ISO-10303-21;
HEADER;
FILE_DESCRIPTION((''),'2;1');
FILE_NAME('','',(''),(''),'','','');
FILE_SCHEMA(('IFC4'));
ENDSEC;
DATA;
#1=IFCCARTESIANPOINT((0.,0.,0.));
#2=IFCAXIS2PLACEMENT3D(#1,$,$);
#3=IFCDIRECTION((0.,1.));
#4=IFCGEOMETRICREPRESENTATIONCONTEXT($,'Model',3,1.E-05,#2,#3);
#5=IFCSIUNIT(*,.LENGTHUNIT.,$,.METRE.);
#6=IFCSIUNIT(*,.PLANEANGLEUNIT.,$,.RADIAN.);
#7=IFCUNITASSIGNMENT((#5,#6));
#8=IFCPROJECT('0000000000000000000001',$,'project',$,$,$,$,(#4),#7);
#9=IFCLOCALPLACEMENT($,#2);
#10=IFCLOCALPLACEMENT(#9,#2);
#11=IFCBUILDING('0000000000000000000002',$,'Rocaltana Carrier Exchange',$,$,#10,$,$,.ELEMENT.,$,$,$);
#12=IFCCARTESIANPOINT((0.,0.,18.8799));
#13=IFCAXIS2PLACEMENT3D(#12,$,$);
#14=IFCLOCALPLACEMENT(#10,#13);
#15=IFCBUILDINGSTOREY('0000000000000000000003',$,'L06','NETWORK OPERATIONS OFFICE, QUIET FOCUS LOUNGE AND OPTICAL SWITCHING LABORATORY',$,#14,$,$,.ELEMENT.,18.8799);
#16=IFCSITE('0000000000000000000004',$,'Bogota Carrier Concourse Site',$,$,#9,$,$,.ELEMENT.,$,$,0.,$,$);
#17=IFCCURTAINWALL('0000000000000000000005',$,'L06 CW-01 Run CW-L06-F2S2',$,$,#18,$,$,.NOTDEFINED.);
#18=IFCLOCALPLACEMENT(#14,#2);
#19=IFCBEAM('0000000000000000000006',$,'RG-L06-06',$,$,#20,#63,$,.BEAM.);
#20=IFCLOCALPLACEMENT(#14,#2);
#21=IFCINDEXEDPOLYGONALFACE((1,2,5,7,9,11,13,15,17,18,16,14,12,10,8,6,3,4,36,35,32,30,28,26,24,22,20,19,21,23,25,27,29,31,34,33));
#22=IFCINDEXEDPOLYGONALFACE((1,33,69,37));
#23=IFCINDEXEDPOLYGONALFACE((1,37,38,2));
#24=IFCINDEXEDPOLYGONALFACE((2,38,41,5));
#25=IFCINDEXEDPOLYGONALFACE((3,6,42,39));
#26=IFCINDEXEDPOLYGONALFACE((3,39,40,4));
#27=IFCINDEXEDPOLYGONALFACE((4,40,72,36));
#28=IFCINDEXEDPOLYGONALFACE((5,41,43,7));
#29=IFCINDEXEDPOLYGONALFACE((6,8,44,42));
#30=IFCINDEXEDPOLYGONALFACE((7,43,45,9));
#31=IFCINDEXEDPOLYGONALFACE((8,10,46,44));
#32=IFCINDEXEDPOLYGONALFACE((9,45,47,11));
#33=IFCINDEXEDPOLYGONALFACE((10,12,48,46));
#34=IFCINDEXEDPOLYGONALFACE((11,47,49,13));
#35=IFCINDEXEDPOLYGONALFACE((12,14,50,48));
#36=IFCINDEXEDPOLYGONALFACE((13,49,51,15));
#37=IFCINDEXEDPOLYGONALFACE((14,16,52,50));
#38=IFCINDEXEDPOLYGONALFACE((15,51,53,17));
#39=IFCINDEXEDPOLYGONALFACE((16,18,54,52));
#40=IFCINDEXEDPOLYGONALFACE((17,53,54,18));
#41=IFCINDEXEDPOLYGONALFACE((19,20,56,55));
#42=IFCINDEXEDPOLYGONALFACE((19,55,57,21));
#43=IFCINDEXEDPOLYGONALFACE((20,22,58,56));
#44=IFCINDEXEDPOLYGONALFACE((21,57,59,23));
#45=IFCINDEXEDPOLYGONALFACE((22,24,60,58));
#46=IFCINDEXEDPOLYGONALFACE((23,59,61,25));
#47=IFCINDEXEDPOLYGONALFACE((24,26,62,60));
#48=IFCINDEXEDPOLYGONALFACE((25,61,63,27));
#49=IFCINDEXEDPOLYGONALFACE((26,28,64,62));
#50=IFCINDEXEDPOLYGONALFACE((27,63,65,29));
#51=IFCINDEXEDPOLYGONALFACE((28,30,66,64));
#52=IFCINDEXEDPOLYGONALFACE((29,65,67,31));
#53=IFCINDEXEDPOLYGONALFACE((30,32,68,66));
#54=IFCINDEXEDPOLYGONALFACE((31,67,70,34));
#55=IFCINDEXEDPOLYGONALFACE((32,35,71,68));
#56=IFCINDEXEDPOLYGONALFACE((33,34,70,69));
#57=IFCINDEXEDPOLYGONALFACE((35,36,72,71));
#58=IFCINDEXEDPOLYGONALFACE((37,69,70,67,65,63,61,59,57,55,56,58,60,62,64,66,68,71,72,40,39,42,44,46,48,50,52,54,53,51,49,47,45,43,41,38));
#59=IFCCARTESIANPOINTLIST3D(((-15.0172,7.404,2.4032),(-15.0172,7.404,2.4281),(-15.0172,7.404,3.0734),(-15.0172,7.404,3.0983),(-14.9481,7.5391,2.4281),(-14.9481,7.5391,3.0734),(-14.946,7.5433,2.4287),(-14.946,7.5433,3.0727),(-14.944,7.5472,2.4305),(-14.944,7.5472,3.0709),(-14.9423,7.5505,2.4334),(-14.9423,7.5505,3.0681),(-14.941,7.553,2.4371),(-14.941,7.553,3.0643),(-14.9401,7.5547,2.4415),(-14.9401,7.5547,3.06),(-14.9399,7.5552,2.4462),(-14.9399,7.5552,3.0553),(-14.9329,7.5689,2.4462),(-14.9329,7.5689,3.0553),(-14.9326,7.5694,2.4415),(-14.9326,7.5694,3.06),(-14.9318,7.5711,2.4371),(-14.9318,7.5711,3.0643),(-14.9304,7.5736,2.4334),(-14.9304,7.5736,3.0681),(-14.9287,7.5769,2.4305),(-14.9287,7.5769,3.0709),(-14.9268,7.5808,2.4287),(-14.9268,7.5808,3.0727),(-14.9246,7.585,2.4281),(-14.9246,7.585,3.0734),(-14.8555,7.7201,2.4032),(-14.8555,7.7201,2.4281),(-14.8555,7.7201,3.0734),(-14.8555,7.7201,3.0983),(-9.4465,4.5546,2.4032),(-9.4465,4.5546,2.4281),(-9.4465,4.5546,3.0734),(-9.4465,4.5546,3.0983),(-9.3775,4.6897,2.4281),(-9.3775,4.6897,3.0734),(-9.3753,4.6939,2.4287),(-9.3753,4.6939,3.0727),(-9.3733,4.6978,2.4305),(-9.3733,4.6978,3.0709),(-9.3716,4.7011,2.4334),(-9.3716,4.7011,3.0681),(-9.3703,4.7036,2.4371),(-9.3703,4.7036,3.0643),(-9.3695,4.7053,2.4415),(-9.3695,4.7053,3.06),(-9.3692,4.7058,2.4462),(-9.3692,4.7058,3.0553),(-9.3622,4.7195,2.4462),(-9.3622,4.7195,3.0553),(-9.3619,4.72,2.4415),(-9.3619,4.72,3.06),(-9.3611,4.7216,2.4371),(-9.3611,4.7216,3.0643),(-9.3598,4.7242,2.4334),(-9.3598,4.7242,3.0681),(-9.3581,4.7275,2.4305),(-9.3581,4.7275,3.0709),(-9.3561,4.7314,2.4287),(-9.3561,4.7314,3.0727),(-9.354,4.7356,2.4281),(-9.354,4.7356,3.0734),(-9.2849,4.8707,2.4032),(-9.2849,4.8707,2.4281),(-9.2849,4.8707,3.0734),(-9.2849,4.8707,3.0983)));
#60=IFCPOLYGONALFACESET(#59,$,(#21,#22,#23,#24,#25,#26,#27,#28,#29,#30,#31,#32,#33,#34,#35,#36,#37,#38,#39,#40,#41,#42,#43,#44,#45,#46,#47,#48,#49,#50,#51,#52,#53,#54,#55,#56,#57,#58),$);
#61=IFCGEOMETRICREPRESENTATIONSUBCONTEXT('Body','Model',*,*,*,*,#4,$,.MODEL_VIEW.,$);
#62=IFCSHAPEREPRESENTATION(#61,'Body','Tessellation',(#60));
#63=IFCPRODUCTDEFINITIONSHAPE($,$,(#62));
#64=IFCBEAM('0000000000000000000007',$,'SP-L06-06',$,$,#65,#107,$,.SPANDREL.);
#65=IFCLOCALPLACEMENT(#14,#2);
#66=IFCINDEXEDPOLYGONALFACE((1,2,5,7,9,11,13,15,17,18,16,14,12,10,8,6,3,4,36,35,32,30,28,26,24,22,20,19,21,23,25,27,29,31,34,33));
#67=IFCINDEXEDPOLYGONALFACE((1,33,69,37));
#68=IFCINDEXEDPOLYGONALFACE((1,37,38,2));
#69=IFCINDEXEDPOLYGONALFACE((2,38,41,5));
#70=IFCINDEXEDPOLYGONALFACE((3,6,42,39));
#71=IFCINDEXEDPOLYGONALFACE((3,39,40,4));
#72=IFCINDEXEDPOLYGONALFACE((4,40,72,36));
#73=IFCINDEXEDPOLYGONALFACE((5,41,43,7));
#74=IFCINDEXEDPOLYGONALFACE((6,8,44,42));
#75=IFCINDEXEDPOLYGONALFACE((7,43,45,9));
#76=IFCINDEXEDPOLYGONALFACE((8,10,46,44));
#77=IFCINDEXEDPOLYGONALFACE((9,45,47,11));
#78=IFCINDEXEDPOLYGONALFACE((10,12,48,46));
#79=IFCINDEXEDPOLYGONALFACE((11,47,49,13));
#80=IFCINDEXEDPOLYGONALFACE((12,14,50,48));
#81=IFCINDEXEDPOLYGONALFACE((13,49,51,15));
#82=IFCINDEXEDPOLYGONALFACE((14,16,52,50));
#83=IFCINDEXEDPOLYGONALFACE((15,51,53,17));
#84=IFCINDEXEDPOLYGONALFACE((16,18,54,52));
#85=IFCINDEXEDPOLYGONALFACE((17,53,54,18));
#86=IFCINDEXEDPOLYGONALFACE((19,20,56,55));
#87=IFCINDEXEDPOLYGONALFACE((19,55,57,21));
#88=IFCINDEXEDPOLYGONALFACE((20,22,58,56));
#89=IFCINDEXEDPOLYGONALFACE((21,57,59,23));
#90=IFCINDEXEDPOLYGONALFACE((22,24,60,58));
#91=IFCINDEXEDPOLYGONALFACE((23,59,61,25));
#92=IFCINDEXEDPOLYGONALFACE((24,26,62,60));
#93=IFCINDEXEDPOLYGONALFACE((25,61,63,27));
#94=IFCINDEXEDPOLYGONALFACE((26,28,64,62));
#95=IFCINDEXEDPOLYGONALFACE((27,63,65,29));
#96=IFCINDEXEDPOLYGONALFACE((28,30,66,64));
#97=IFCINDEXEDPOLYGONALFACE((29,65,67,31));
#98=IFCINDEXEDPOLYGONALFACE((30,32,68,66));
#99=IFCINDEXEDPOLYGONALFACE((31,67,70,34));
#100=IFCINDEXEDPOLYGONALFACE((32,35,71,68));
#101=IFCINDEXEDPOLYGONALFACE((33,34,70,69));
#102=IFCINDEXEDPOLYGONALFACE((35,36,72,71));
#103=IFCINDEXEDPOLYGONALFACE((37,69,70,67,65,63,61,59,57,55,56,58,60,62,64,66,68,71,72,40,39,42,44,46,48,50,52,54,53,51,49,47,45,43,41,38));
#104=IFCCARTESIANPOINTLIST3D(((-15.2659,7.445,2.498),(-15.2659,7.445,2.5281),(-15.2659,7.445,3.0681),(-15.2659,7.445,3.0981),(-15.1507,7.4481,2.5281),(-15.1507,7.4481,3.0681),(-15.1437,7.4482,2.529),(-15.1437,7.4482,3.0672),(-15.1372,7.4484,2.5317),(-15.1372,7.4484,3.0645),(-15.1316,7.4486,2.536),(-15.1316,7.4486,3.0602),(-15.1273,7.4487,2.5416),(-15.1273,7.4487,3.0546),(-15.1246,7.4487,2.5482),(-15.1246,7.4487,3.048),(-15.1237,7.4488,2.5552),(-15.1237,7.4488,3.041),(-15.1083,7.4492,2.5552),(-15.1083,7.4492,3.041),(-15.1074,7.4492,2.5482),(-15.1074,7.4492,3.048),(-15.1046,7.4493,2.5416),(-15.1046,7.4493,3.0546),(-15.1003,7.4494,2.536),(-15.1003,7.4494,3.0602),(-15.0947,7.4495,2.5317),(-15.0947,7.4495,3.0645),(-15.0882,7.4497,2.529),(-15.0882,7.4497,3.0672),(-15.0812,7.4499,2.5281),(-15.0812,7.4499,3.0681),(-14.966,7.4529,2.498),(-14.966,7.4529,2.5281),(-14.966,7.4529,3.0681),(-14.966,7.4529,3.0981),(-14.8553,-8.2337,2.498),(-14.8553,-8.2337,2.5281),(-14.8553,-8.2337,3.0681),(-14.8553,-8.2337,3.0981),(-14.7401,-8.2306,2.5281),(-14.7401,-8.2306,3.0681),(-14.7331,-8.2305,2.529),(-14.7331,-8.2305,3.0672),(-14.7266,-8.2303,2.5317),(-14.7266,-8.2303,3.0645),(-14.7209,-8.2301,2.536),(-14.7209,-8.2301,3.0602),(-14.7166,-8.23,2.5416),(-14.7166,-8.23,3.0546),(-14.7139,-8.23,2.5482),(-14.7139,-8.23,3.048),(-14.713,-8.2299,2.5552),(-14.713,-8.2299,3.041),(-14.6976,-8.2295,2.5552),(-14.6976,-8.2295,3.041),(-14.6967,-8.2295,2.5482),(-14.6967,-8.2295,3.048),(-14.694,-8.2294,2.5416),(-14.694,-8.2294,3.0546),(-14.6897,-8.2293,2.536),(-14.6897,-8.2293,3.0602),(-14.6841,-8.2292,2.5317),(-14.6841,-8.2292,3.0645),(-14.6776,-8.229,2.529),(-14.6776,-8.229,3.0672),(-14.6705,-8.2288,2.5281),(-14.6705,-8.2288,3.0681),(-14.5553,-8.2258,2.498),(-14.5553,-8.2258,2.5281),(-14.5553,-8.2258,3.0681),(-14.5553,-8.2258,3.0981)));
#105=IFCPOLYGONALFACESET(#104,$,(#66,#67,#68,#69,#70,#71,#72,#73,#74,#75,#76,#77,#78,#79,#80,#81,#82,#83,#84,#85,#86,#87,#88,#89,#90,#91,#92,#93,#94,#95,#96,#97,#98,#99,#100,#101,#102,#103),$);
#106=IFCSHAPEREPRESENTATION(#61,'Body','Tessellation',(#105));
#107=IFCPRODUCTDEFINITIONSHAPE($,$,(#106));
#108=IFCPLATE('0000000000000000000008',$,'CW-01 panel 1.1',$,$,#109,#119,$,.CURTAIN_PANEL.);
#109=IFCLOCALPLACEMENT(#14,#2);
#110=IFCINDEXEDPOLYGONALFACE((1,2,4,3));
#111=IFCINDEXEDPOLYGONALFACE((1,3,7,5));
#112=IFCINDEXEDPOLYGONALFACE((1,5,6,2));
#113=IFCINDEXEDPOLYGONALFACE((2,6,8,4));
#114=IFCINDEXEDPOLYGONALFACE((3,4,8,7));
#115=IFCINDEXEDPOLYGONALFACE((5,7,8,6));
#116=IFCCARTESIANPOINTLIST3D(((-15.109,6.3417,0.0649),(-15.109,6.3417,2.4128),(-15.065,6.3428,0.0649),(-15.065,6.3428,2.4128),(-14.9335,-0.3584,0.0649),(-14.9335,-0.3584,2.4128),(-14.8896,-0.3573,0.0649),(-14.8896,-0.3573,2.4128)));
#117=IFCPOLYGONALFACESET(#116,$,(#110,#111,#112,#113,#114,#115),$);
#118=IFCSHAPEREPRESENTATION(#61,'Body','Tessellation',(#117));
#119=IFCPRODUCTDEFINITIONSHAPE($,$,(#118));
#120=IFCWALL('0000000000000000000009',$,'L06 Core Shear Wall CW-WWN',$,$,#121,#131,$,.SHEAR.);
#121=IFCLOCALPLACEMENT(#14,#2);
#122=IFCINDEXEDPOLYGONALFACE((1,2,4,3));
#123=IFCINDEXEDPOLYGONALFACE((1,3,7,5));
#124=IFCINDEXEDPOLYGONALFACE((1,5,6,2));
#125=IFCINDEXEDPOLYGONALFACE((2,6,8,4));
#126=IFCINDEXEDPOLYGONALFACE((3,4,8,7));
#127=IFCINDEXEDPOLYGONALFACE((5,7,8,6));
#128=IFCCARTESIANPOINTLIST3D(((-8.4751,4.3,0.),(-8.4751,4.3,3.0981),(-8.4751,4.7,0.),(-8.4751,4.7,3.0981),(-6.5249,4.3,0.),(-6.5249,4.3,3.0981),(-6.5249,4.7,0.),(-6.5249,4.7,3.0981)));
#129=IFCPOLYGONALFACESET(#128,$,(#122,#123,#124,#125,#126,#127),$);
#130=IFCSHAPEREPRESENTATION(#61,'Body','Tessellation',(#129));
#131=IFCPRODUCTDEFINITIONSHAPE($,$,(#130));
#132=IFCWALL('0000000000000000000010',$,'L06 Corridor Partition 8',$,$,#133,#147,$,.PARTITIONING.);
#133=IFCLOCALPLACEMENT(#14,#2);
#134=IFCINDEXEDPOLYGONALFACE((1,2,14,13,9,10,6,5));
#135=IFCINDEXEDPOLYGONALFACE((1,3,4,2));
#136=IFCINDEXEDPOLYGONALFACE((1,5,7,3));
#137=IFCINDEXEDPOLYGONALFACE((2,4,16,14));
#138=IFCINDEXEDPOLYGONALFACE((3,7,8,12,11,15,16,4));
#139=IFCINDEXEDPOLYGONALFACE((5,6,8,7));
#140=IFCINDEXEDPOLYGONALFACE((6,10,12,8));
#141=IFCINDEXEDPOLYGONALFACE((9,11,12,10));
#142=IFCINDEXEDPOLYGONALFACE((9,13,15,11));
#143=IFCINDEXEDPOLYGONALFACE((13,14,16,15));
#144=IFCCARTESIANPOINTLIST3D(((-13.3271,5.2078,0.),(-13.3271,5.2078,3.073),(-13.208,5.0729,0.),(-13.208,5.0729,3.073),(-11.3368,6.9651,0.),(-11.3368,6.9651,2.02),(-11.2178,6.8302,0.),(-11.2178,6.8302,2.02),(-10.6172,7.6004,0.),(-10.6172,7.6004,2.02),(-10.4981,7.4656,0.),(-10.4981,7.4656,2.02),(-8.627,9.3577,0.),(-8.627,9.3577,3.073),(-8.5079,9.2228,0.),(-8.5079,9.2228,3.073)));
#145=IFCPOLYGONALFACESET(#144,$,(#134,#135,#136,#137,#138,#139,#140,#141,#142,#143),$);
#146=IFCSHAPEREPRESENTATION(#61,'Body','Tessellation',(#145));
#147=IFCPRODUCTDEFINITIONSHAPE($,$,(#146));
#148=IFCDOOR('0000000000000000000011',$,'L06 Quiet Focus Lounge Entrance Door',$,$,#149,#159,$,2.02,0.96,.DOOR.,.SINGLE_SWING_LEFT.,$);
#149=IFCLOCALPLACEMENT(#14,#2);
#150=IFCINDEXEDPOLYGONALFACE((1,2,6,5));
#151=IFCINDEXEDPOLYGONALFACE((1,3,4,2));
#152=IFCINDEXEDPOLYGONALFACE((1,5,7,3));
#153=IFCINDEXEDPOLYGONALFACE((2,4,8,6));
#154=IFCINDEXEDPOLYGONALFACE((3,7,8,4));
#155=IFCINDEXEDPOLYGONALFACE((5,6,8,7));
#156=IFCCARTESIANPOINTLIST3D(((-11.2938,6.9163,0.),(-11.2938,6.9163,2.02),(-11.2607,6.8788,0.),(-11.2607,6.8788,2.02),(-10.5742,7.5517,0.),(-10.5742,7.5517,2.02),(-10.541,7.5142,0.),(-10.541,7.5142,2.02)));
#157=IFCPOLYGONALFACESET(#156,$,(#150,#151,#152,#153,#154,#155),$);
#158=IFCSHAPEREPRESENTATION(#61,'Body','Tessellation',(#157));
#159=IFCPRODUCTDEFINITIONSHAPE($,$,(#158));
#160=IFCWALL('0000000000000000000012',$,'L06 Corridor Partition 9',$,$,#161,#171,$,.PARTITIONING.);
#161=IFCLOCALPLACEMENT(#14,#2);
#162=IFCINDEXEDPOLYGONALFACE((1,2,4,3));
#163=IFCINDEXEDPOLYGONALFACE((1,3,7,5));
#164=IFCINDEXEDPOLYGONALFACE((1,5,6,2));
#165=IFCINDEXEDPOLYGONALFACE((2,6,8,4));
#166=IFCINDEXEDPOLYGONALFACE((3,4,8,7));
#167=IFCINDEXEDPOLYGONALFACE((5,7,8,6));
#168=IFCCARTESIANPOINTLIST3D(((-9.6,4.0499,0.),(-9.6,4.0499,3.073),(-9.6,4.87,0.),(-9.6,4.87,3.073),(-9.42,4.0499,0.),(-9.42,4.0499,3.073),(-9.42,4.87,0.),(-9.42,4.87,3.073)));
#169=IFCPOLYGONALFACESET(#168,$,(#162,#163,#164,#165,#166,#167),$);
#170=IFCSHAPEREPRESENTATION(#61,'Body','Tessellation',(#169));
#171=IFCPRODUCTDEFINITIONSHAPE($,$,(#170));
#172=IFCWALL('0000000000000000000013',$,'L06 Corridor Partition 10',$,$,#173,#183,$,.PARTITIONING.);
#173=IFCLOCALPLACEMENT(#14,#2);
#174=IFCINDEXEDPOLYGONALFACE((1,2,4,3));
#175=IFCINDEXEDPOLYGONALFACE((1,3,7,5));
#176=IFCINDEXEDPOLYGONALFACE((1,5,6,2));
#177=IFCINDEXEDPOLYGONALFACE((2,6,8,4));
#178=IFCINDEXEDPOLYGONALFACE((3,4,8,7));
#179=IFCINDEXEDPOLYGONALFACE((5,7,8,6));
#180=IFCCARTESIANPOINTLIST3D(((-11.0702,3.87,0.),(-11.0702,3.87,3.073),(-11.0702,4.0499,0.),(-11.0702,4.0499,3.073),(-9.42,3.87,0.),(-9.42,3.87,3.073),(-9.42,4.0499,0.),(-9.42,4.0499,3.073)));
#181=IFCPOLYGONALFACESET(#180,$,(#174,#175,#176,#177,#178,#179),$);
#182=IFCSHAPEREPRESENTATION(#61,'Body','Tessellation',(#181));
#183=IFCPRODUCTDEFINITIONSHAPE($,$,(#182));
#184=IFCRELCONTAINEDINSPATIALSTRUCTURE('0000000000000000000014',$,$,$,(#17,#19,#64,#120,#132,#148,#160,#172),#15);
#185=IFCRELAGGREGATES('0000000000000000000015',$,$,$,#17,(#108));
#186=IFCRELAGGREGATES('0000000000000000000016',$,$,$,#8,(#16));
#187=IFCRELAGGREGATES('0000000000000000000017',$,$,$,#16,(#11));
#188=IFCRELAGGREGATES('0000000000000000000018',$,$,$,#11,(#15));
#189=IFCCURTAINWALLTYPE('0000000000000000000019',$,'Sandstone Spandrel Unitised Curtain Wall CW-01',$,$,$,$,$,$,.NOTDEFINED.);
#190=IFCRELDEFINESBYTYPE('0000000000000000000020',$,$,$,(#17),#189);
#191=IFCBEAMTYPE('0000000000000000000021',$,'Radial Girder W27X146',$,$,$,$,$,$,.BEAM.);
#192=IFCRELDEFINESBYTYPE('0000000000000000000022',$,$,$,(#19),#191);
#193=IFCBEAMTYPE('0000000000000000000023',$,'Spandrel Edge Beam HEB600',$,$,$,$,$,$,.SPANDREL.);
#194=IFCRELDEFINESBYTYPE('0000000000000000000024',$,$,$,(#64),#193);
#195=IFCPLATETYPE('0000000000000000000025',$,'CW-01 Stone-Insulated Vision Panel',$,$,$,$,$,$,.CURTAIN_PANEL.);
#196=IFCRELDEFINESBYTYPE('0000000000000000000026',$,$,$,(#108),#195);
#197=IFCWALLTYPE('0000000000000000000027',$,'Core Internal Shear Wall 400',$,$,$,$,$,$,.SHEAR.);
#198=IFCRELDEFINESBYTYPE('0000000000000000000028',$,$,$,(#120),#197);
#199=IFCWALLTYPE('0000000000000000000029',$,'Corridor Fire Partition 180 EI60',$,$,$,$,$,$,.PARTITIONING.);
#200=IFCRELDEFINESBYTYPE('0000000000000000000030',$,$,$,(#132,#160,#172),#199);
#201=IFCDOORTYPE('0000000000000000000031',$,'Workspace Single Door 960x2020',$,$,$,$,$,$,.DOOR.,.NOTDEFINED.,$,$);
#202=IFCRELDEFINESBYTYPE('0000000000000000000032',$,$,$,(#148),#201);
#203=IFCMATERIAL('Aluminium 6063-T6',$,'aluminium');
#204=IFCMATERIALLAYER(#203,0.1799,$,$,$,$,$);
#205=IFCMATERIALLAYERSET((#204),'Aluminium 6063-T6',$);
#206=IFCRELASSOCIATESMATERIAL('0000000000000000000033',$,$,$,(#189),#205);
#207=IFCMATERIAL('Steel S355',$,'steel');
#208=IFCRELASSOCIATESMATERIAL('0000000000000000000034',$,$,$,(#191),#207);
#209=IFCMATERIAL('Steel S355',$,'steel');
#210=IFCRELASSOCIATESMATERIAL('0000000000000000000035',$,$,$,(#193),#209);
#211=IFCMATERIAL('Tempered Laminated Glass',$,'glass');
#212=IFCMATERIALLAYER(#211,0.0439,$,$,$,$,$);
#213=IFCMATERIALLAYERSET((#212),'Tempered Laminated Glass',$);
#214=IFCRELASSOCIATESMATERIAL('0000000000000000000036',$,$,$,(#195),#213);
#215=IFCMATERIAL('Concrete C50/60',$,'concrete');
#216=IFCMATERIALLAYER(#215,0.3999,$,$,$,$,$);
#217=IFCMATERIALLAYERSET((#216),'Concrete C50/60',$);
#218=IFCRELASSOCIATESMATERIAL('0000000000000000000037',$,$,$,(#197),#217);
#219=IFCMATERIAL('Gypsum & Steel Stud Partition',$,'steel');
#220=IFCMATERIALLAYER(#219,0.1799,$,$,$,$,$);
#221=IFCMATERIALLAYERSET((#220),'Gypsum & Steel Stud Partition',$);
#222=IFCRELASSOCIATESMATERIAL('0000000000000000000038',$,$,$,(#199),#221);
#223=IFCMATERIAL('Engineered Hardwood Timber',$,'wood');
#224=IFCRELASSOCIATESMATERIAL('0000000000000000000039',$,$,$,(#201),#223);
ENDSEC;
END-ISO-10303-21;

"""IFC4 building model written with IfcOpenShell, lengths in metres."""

from ifc_helpers import new_model, si_unit, direction, frame, frame_2d, origin, origin_2d, place, context, subcontext, project, spatial, rectangle, i_section, extrude, material, layer, layer_set, material_profile, profile_set, type_object, element, fill, aggregate, save


model = new_model("IFC4")

# Units and contexts
model_context = context("Model", 3, precision=1e-05, world=origin(), true_north=direction((0.0, 1.0)))
body_context = subcontext(model_context, "Body", "Model", "MODEL_VIEW")
ifc_project = project(units=[si_unit("LENGTHUNIT", "METRE"), si_unit("PLANEANGLEUNIT", "RADIAN")], contexts=[model_context])

# Site, building, storey
site_placement = place(None, origin())
site = spatial("IfcSite", under=ifc_project, at=site_placement, Name="Bogota Carrier Concourse Site", CompositionType="ELEMENT", RefElevation=0.0)
building_placement = place(site_placement, origin())
building = spatial("IfcBuilding", under=site, at=building_placement, Name="Rocaltana Carrier Exchange", CompositionType="ELEMENT")
storey_placement = place(building_placement, frame((0.0, 0.0, 18.8799)))
storey = spatial("IfcBuildingStorey", under=building, at=storey_placement, Name="L06", Description="NETWORK OPERATIONS OFFICE, QUIET FOCUS LOUNGE AND OPTICAL SWITCHING LABORATORY", CompositionType="ELEMENT", Elevation=18.8799)

# Curtain wall
ifc_material_1 = material(Name="Aluminium 6063-T6", Category="aluminium")
ifc_layer_1 = layer(ifc_material_1, 0.1799)
ifc_layer_set_1 = layer_set([ifc_layer_1], Name="Aluminium 6063-T6")
curtain_wall_type = type_object("IfcCurtainWallType", Name="Sandstone Spandrel Unitised Curtain Wall CW-01", PredefinedType="NOTDEFINED", material=ifc_layer_set_1)
curtain_wall_placement = place(storey_placement, origin())
curtain_wall = element("IfcCurtainWall", 1, at=curtain_wall_placement, inside=storey, type_object=curtain_wall_type, Name="L06 CW-01 Run CW-L06-F2S2", PredefinedType="NOTDEFINED")

# Beams
ifc_material_2 = material(Name="Steel S355", Category="steel")
ifc_material_profile_1 = material_profile(ifc_material_2, i_section(OverallWidth=0.355, OverallDepth=0.6951, WebThickness=0.0154, FlangeThickness=0.0249, FilletRadius=0.0181, at=origin_2d()), Name="W27X146")
ifc_profile_set_1 = profile_set([ifc_material_profile_1], Name="Steel S355")
beam_type_1 = type_object("IfcBeamType", Name="Radial Girder W27X146", PredefinedType="BEAM", material=ifc_profile_set_1)
beam_1_placement = place(storey_placement, frame((-9.3657, 4.7126, 2.7507), z_axis=(-0.890293, 0.455389, 0.0), x_axis=(-0.455389, -0.890293, 0.0)))
element("IfcBeam", 2, at=beam_1_placement, inside=storey, type_object=beam_type_1, Name="RG-L06-06", PredefinedType="BEAM", context=body_context, shape_type="SweptSolid", body=[
    extrude(i_section(OverallWidth=0.355, OverallDepth=0.6951, WebThickness=0.0154, FlangeThickness=0.0249, FilletRadius=0.0181, at=origin_2d()), origin(), (0.0, 0.0, 1.0), 6.2571),
])
ifc_material_3 = material(Name="Steel S355", Category="steel")
ifc_material_profile_2 = material_profile(ifc_material_3, i_section(OverallWidth=0.3, OverallDepth=0.6001, WebThickness=0.0154, FlangeThickness=0.03, FilletRadius=0.0271, at=origin_2d()), Name="HEB600")
ifc_profile_set_2 = profile_set([ifc_material_profile_2], Name="Steel S355")
beam_type_2 = type_object("IfcBeamType", Name="Spandrel Edge Beam HEB600", PredefinedType="SPANDREL", material=ifc_profile_set_2)
beam_2_placement = place(storey_placement, frame((-15.116, 7.449, 2.7981), z_axis=(0.026182, -0.999657, 0.0), x_axis=(0.999657, 0.026182, 0.0)))
element("IfcBeam", 3, at=beam_2_placement, inside=storey, type_object=beam_type_2, Name="SP-L06-06", PredefinedType="SPANDREL", context=body_context, shape_type="SweptSolid", body=[
    extrude(i_section(OverallWidth=0.3, OverallDepth=0.6001, WebThickness=0.0154, FlangeThickness=0.03, FilletRadius=0.0271, at=origin_2d()), origin(), (0.0, 0.0, 1.0), 15.6841),
])

# Plate
ifc_material_4 = material(Name="Tempered Laminated Glass", Category="glass")
ifc_layer_2 = layer(ifc_material_4, 0.0439)
ifc_layer_set_2 = layer_set([ifc_layer_2], Name="Tempered Laminated Glass")
plate_type = type_object("IfcPlateType", Name="CW-01 Stone-Insulated Vision Panel", PredefinedType="CURTAIN_PANEL", material=ifc_layer_set_2)
plate_placement = place(storey_placement, frame((-14.9993, 2.9922, 0.0649), z_axis=(0.0, 0.0, 1.0), x_axis=(0.026177, -0.999657, 0.0)))
plate = element("IfcPlate", 4, at=plate_placement, type_object=plate_type, Name="CW-01 panel 1.1", PredefinedType="CURTAIN_PANEL", context=body_context, shape_type="SweptSolid", body=[
    extrude(rectangle(XDim=6.7024, YDim=0.0439, at=origin_2d()), origin(), (0.0, 0.0, 1.0), 2.3479),
])
aggregate(curtain_wall, [plate])

# Wall
ifc_material_5 = material(Name="Concrete C50/60", Category="concrete")
ifc_layer_3 = layer(ifc_material_5, 0.3999)
ifc_layer_set_3 = layer_set([ifc_layer_3], Name="Concrete C50/60")
wall_type_1 = type_object("IfcWallType", Name="Core Internal Shear Wall 400", PredefinedType="SHEAR", material=ifc_layer_set_3)
wall_1_placement = place(storey_placement, frame((-8.4751, 4.5, 0.0), z_axis=(0.0, 0.0, 1.0), x_axis=(1.0, 0.0, 0.0)))
element("IfcWall", 5, at=wall_1_placement, inside=storey, type_object=wall_type_1, Name="L06 Core Shear Wall CW-WWN", PredefinedType="SHEAR", context=body_context, shape_type="SweptSolid", body=[
    extrude(rectangle(XDim=1.9502, YDim=0.3999, at=frame_2d((0.9751, 0.0))), origin(), (0.0, 0.0, 1.0), 3.0981),
])

# Wall, opening, door
ifc_material_6 = material(Name="Gypsum & Steel Stud Partition", Category="steel")
ifc_layer_4 = layer(ifc_material_6, 0.1799)
ifc_layer_set_4 = layer_set([ifc_layer_4], Name="Gypsum & Steel Stud Partition")
wall_type_2 = type_object("IfcWallType", Name="Corridor Fire Partition 180 EI60", PredefinedType="PARTITIONING", material=ifc_layer_set_4)
wall_2_placement = place(storey_placement, frame((-13.2676, 5.1404, 0.0), z_axis=(0.0, 0.0, 1.0), x_axis=(0.749626, 0.661861, 0.0)))
wall_2 = element("IfcWall", 6, at=wall_2_placement, inside=storey, type_object=wall_type_2, Name="L06 Corridor Partition 8", PredefinedType="PARTITIONING", context=body_context, shape_type="SweptSolid", body=[
    extrude(rectangle(XDim=6.27, YDim=0.1799, at=frame_2d((3.135, 0.0))), origin(), (0.0, 0.0, 1.0), 3.073),
])
opening_placement = place(wall_2_placement, frame((2.655, 0.0, 0.0)))
opening = element("IfcOpeningElement", 7, at=opening_placement, cuts=wall_2, PredefinedType="OPENING", context=body_context, shape_type="SweptSolid", body=[
    extrude(rectangle(XDim=0.96, YDim=2.02, at=frame_2d((0.48, 1.01))), frame((0.0, 0.0999, 0.0), z_axis=(0.0, -1.0, 0.0), x_axis=(1.0, 0.0, 0.0)), (0.0, 0.0, 1.0), 0.2),
])
ifc_material_7 = material(Name="Engineered Hardwood Timber", Category="wood")
door_type = type_object("IfcDoorType", Name="Workspace Single Door 960x2020", OperationType="NOTDEFINED", PredefinedType="DOOR", material=ifc_material_7)
door_placement = place(opening_placement, origin())
door = element("IfcDoor", 8, at=door_placement, inside=storey, type_object=door_type, Name="L06 Quiet Focus Lounge Entrance Door", OperationType="SINGLE_SWING_LEFT", OverallHeight=2.02, OverallWidth=0.96, PredefinedType="DOOR", context=body_context, shape_type="SweptSolid", body=[
    extrude(rectangle(XDim=0.96, YDim=2.02, at=frame_2d((0.48, 1.01))), frame((0.0, 0.0249, 0.0), z_axis=(0.0, -1.0, 0.0), x_axis=(1.0, 0.0, 0.0)), (0.0, 0.0, 1.0), 0.05),
])
fill(opening, door)

# Walls
wall_3_placement = place(storey_placement, frame((-9.51, 4.8701, 0.0), z_axis=(0.0, 0.0, 1.0), x_axis=(0.0, -1.0, 0.0)))
element("IfcWall", 9, at=wall_3_placement, inside=storey, type_object=wall_type_2, Name="L06 Corridor Partition 9", PredefinedType="PARTITIONING", context=body_context, shape_type="SweptSolid", body=[
    extrude(rectangle(XDim=0.8201, YDim=0.1799, at=frame_2d((0.4102, 0.0))), origin(), (0.0, 0.0, 1.0), 3.073),
])
wall_4_placement = place(storey_placement, frame((-9.4199, 3.96, 0.0), z_axis=(0.0, 0.0, 1.0), x_axis=(-1.0, 0.0, 0.0)))
element("IfcWall", 10, at=wall_4_placement, inside=storey, type_object=wall_type_2, Name="L06 Corridor Partition 10", PredefinedType="PARTITIONING", context=body_context, shape_type="SweptSolid", body=[
    extrude(rectangle(XDim=1.6501, YDim=0.1799, at=frame_2d((0.8252, 0.0))), origin(), (0.0, 0.0, 1.0), 3.073),
])

save(model, "model.ifc")
